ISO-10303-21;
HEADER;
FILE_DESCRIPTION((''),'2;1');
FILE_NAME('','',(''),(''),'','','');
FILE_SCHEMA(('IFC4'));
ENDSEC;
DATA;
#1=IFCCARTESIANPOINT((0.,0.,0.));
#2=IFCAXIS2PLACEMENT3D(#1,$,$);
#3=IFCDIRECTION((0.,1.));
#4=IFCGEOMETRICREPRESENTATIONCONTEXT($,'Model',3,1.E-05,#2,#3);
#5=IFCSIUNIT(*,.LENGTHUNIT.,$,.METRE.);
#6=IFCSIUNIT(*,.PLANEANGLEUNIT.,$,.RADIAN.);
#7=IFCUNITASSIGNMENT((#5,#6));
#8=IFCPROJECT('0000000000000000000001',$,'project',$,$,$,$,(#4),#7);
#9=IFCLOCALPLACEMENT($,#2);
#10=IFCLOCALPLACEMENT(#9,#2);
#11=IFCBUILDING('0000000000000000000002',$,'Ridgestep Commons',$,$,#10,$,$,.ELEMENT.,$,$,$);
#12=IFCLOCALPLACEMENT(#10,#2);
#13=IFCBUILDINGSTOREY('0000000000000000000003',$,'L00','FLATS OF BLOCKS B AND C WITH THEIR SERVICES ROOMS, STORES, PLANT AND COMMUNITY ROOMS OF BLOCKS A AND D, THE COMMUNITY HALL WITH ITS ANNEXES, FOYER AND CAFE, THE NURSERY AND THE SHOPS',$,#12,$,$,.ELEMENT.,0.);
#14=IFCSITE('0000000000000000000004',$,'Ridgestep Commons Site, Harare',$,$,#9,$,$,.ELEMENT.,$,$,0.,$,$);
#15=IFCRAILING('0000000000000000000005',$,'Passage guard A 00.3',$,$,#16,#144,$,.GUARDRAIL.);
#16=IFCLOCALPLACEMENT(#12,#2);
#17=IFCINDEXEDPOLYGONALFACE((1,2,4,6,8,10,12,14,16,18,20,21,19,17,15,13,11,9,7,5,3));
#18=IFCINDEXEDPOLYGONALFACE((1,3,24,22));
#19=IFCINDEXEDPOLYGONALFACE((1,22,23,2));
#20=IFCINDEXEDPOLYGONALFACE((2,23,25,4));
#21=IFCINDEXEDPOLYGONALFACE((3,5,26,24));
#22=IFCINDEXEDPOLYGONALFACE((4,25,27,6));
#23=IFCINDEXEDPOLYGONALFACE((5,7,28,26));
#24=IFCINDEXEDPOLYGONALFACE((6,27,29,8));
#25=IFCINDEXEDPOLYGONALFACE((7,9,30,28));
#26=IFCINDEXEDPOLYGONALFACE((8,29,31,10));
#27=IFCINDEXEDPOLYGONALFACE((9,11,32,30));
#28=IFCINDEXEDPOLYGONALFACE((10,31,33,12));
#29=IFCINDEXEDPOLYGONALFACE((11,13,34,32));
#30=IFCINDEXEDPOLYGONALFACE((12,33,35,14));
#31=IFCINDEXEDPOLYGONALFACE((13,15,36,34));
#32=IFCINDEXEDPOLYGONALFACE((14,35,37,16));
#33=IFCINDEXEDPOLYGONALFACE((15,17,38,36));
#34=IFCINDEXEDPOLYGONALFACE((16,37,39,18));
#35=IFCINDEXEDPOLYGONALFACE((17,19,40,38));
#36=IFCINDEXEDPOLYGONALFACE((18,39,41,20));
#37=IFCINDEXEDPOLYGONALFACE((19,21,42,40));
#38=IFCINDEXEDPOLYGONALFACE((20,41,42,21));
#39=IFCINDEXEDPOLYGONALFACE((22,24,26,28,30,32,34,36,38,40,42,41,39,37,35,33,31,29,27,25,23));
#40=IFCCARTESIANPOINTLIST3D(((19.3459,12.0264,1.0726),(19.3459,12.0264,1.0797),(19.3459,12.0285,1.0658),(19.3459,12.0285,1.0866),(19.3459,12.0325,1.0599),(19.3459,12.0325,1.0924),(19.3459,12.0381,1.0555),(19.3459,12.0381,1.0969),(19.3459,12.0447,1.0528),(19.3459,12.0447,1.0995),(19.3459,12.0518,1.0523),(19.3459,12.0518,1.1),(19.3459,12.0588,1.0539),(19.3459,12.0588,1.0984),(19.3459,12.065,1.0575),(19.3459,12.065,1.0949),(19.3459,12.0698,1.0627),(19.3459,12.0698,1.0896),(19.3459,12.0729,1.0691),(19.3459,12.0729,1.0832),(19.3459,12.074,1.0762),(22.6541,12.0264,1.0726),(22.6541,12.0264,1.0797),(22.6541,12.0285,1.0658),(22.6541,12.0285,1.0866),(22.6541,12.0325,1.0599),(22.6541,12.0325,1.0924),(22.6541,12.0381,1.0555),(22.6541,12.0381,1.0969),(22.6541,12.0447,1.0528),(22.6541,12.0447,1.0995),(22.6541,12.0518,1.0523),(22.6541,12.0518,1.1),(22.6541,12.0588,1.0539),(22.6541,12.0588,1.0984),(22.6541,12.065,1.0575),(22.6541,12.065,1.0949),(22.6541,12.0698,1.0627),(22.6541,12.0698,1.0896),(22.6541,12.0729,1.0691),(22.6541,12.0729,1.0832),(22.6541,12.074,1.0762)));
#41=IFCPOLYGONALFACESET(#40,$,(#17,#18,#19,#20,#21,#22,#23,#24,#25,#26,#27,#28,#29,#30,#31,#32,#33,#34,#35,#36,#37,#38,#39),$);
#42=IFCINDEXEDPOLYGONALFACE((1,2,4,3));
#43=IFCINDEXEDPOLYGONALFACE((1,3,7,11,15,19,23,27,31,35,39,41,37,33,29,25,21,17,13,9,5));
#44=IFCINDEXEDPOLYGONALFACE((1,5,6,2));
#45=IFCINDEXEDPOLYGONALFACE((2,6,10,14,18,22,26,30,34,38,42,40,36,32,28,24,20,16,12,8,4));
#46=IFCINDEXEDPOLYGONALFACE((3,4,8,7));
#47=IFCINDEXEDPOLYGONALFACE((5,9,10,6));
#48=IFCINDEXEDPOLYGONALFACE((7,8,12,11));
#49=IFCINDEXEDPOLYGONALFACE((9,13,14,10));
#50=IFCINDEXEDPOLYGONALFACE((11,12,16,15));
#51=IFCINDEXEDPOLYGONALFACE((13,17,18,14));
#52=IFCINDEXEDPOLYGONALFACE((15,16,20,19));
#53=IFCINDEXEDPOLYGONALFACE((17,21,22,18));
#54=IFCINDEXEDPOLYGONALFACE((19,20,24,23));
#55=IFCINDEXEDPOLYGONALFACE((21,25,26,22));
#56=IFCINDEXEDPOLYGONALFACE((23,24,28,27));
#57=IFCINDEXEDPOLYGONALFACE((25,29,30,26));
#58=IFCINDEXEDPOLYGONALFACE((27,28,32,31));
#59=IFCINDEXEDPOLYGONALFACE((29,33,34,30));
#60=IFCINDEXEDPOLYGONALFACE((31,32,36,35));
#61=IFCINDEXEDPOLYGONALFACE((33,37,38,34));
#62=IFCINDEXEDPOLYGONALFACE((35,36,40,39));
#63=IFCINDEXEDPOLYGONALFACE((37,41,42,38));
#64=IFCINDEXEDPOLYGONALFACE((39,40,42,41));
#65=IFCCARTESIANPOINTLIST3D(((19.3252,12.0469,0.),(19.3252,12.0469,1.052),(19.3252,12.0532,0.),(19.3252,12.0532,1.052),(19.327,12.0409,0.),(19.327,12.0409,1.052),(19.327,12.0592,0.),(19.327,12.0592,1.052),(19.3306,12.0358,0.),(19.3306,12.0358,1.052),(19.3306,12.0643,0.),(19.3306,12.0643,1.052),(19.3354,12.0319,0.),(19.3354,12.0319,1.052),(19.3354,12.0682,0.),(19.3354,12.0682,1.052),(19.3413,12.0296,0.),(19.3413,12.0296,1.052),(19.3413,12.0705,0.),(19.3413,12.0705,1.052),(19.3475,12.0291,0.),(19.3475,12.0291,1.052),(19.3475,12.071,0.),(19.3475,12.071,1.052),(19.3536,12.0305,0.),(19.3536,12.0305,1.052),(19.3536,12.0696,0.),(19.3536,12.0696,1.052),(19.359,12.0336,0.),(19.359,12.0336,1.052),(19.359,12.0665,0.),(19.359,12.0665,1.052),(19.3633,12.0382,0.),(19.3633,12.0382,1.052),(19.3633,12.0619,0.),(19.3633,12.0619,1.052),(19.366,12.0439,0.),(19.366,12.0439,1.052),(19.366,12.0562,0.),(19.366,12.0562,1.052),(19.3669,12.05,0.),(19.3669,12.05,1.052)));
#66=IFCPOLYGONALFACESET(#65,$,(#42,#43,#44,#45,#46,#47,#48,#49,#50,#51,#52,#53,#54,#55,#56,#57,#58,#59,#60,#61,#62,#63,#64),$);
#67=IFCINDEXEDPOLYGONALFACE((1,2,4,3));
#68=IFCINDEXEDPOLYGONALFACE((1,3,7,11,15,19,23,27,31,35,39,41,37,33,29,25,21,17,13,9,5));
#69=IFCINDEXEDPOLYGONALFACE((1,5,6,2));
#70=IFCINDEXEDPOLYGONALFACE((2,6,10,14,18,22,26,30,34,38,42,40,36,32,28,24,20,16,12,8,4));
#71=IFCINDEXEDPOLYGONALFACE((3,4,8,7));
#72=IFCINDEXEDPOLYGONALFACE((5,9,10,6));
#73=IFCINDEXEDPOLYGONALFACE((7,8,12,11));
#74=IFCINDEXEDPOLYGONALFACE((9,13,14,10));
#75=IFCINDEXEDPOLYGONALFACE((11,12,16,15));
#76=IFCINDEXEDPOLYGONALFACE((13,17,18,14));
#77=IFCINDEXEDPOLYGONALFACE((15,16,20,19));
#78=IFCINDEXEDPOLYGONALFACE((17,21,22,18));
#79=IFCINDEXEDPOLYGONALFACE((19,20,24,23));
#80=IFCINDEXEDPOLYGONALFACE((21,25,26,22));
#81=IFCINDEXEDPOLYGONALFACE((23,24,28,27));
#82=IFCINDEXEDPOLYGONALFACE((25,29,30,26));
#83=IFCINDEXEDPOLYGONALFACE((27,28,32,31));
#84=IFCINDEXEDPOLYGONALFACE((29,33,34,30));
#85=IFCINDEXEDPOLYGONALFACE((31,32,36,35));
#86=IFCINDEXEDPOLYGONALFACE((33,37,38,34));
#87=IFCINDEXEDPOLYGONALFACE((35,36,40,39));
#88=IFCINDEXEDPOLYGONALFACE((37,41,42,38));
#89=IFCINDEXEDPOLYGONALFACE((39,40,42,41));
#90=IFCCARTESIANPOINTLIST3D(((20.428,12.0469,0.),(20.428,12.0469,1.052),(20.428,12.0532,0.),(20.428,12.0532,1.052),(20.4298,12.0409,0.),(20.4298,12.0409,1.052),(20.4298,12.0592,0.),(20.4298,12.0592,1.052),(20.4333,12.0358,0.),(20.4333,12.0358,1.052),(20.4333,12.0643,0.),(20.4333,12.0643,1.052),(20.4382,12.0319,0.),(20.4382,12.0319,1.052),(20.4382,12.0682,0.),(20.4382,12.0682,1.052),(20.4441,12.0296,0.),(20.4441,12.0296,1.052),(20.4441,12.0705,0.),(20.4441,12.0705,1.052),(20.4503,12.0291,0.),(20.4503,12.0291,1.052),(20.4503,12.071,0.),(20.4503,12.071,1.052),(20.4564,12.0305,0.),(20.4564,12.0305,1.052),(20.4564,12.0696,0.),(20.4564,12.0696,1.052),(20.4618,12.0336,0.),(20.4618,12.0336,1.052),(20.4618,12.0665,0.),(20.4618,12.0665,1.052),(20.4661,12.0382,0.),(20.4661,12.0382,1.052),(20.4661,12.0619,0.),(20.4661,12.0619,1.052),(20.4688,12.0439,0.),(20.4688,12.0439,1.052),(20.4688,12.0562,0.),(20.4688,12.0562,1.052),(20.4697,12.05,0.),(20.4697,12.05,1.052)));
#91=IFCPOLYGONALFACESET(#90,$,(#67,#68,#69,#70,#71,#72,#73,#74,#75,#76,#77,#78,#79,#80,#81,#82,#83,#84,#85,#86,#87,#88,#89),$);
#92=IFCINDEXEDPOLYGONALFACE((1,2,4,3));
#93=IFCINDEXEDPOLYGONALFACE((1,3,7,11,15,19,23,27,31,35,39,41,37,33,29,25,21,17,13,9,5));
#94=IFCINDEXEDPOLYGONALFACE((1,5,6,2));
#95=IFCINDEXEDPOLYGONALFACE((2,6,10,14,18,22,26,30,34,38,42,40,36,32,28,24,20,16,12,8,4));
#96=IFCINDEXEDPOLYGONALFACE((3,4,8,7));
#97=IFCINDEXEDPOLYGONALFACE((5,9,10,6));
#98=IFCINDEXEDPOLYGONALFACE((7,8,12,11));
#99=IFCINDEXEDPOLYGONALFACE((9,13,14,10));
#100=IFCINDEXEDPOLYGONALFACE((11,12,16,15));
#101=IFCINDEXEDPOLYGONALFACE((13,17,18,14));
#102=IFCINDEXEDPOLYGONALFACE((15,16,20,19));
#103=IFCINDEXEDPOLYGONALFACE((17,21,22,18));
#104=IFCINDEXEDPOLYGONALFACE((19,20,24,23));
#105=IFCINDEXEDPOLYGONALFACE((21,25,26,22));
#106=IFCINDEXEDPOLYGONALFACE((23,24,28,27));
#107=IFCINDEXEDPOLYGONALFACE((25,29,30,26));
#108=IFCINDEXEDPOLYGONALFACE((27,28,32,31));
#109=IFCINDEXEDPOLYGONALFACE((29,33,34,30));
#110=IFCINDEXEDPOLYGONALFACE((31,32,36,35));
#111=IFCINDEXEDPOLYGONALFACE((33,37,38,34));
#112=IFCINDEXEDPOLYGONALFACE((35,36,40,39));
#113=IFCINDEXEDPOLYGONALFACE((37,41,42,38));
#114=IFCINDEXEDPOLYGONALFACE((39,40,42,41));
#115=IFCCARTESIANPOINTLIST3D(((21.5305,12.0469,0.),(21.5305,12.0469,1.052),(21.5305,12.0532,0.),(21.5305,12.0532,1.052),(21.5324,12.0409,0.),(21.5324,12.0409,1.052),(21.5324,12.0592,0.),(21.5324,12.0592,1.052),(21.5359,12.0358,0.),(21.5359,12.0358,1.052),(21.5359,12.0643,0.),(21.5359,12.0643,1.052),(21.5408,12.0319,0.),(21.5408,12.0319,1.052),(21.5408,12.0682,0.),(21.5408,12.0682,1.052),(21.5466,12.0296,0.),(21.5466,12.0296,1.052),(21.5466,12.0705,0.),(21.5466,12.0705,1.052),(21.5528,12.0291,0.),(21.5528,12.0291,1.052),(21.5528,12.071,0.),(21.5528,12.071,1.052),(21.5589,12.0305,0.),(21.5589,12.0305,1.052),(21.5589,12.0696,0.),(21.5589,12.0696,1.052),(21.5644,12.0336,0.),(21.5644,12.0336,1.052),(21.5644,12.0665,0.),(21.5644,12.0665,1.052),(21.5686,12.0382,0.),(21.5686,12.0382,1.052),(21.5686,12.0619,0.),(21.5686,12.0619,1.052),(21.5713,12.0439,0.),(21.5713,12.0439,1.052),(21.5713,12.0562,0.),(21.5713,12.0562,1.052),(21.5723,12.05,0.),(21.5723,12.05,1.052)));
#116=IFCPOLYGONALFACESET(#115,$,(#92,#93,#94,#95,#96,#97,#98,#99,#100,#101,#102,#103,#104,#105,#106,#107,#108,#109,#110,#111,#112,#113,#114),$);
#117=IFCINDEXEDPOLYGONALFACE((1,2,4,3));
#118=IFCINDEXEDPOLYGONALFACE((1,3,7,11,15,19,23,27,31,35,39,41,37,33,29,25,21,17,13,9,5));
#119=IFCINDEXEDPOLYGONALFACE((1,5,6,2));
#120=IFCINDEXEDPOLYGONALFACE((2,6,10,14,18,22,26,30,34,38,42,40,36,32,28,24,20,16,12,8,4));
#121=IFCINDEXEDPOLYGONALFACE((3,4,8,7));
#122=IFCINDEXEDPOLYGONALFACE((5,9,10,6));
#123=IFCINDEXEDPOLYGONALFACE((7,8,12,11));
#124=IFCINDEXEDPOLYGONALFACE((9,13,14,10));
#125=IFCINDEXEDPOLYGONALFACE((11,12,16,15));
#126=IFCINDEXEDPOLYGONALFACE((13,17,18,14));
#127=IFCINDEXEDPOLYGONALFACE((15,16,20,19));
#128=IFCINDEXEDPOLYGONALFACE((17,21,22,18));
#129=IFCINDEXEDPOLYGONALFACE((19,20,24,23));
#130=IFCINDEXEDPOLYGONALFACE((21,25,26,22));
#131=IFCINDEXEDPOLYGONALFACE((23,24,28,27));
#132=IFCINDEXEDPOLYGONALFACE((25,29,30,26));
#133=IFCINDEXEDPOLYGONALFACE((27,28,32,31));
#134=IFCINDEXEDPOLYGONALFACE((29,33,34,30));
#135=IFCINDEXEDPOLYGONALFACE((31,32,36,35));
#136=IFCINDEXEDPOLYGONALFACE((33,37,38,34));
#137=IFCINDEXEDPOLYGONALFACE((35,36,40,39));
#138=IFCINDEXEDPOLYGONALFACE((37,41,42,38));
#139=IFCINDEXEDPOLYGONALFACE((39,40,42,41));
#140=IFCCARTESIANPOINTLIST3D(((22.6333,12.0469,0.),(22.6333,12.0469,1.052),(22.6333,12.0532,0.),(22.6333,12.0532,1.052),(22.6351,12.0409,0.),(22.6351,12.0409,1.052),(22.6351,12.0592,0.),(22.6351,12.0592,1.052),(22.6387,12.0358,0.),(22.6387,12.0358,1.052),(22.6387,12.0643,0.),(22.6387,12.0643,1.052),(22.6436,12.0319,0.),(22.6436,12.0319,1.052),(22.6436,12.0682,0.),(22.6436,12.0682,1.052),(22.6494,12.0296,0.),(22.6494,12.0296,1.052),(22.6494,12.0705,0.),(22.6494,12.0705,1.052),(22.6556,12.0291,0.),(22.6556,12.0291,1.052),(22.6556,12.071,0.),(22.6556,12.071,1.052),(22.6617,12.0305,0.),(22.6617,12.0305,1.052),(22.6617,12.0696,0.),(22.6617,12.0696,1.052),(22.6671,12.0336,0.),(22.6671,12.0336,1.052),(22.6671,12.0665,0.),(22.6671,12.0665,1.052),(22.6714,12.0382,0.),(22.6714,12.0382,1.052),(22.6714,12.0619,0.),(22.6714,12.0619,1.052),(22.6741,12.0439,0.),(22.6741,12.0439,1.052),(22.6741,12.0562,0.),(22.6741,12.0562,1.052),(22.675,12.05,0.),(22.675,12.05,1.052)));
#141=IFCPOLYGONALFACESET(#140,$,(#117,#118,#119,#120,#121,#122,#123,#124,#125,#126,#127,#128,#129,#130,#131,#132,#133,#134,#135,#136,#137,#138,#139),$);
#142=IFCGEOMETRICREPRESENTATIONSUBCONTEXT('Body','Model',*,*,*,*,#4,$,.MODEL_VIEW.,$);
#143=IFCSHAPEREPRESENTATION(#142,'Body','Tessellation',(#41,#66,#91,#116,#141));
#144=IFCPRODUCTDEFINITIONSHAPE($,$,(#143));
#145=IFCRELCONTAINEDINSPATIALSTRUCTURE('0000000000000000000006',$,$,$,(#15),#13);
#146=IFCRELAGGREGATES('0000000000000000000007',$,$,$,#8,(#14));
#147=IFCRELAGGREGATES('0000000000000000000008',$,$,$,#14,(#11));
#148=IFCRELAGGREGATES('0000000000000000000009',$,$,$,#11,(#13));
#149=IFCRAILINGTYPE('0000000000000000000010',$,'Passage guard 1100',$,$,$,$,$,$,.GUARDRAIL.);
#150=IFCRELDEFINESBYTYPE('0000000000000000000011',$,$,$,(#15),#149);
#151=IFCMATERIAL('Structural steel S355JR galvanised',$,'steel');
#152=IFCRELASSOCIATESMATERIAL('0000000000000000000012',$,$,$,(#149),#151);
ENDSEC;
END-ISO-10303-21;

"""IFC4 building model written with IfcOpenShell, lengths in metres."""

from ifc_helpers import new_model, si_unit, direction, frame, origin, origin_2d, place, context, subcontext, project, spatial, circle, extrude, material, type_object, element, save


model = new_model("IFC4")

# Units and contexts
model_context = context("Model", 3, precision=1e-05, world=origin(), true_north=direction((0.0, 1.0)))
body_context = subcontext(model_context, "Body", "Model", "MODEL_VIEW")
ifc_project = project(units=[si_unit("LENGTHUNIT", "METRE"), si_unit("PLANEANGLEUNIT", "RADIAN")], contexts=[model_context])

# Site, building, storey
site_placement = place(None, origin())
site = spatial("IfcSite", under=ifc_project, at=site_placement, Name="Ridgestep Commons Site, Harare", CompositionType="ELEMENT", RefElevation=0.0)
building_placement = place(site_placement, origin())
building = spatial("IfcBuilding", under=site, at=building_placement, Name="Ridgestep Commons", CompositionType="ELEMENT")
storey_placement = place(building_placement, origin())
storey = spatial("IfcBuildingStorey", under=building, at=storey_placement, Name="L00", Description="FLATS OF BLOCKS B AND C WITH THEIR SERVICES ROOMS, STORES, PLANT AND COMMUNITY ROOMS OF BLOCKS A AND D, THE COMMUNITY HALL WITH ITS ANNEXES, FOYER AND CAFE, THE NURSERY AND THE SHOPS", CompositionType="ELEMENT", Elevation=0.0)

# Railing
ifc_material_1 = material(Name="Structural steel S355JR galvanised", Category="steel")
railing_type = type_object("IfcRailingType", Name="Passage guard 1100", PredefinedType="GUARDRAIL", material=ifc_material_1)
railing_1_placement = place(storey_placement, frame((19.3459, 12.05, 0.0)))
element("IfcRailing", 1, at=railing_1_placement, inside=storey, type_object=railing_type, Name="Passage guard A 00.3", PredefinedType="GUARDRAIL", context=body_context, shape_type="SweptSolid", body=[
    extrude(circle(Radius=0.0239, at=origin_2d()), frame((0.0, 0.0, 1.0762), z_axis=(1.0, 0.0, 0.0), x_axis=(0.0, 1.0, 0.0)), (0.0, 0.0, 1.0), 3.3081),
    extrude(circle(Radius=0.021, at=origin_2d()), origin(), (0.0, 0.0, 1.0), 1.052),
    extrude(circle(Radius=0.021, at=origin_2d()), frame((1.1028, 0.0, 0.0)), (0.0, 0.0, 1.0), 1.052),
    extrude(circle(Radius=0.021, at=origin_2d()), frame((2.2053, 0.0, 0.0)), (0.0, 0.0, 1.0), 1.052),
    extrude(circle(Radius=0.021, at=origin_2d()), frame((3.3081, 0.0, 0.0)), (0.0, 0.0, 1.0), 1.052),
])

save(model, "model.ifc")
